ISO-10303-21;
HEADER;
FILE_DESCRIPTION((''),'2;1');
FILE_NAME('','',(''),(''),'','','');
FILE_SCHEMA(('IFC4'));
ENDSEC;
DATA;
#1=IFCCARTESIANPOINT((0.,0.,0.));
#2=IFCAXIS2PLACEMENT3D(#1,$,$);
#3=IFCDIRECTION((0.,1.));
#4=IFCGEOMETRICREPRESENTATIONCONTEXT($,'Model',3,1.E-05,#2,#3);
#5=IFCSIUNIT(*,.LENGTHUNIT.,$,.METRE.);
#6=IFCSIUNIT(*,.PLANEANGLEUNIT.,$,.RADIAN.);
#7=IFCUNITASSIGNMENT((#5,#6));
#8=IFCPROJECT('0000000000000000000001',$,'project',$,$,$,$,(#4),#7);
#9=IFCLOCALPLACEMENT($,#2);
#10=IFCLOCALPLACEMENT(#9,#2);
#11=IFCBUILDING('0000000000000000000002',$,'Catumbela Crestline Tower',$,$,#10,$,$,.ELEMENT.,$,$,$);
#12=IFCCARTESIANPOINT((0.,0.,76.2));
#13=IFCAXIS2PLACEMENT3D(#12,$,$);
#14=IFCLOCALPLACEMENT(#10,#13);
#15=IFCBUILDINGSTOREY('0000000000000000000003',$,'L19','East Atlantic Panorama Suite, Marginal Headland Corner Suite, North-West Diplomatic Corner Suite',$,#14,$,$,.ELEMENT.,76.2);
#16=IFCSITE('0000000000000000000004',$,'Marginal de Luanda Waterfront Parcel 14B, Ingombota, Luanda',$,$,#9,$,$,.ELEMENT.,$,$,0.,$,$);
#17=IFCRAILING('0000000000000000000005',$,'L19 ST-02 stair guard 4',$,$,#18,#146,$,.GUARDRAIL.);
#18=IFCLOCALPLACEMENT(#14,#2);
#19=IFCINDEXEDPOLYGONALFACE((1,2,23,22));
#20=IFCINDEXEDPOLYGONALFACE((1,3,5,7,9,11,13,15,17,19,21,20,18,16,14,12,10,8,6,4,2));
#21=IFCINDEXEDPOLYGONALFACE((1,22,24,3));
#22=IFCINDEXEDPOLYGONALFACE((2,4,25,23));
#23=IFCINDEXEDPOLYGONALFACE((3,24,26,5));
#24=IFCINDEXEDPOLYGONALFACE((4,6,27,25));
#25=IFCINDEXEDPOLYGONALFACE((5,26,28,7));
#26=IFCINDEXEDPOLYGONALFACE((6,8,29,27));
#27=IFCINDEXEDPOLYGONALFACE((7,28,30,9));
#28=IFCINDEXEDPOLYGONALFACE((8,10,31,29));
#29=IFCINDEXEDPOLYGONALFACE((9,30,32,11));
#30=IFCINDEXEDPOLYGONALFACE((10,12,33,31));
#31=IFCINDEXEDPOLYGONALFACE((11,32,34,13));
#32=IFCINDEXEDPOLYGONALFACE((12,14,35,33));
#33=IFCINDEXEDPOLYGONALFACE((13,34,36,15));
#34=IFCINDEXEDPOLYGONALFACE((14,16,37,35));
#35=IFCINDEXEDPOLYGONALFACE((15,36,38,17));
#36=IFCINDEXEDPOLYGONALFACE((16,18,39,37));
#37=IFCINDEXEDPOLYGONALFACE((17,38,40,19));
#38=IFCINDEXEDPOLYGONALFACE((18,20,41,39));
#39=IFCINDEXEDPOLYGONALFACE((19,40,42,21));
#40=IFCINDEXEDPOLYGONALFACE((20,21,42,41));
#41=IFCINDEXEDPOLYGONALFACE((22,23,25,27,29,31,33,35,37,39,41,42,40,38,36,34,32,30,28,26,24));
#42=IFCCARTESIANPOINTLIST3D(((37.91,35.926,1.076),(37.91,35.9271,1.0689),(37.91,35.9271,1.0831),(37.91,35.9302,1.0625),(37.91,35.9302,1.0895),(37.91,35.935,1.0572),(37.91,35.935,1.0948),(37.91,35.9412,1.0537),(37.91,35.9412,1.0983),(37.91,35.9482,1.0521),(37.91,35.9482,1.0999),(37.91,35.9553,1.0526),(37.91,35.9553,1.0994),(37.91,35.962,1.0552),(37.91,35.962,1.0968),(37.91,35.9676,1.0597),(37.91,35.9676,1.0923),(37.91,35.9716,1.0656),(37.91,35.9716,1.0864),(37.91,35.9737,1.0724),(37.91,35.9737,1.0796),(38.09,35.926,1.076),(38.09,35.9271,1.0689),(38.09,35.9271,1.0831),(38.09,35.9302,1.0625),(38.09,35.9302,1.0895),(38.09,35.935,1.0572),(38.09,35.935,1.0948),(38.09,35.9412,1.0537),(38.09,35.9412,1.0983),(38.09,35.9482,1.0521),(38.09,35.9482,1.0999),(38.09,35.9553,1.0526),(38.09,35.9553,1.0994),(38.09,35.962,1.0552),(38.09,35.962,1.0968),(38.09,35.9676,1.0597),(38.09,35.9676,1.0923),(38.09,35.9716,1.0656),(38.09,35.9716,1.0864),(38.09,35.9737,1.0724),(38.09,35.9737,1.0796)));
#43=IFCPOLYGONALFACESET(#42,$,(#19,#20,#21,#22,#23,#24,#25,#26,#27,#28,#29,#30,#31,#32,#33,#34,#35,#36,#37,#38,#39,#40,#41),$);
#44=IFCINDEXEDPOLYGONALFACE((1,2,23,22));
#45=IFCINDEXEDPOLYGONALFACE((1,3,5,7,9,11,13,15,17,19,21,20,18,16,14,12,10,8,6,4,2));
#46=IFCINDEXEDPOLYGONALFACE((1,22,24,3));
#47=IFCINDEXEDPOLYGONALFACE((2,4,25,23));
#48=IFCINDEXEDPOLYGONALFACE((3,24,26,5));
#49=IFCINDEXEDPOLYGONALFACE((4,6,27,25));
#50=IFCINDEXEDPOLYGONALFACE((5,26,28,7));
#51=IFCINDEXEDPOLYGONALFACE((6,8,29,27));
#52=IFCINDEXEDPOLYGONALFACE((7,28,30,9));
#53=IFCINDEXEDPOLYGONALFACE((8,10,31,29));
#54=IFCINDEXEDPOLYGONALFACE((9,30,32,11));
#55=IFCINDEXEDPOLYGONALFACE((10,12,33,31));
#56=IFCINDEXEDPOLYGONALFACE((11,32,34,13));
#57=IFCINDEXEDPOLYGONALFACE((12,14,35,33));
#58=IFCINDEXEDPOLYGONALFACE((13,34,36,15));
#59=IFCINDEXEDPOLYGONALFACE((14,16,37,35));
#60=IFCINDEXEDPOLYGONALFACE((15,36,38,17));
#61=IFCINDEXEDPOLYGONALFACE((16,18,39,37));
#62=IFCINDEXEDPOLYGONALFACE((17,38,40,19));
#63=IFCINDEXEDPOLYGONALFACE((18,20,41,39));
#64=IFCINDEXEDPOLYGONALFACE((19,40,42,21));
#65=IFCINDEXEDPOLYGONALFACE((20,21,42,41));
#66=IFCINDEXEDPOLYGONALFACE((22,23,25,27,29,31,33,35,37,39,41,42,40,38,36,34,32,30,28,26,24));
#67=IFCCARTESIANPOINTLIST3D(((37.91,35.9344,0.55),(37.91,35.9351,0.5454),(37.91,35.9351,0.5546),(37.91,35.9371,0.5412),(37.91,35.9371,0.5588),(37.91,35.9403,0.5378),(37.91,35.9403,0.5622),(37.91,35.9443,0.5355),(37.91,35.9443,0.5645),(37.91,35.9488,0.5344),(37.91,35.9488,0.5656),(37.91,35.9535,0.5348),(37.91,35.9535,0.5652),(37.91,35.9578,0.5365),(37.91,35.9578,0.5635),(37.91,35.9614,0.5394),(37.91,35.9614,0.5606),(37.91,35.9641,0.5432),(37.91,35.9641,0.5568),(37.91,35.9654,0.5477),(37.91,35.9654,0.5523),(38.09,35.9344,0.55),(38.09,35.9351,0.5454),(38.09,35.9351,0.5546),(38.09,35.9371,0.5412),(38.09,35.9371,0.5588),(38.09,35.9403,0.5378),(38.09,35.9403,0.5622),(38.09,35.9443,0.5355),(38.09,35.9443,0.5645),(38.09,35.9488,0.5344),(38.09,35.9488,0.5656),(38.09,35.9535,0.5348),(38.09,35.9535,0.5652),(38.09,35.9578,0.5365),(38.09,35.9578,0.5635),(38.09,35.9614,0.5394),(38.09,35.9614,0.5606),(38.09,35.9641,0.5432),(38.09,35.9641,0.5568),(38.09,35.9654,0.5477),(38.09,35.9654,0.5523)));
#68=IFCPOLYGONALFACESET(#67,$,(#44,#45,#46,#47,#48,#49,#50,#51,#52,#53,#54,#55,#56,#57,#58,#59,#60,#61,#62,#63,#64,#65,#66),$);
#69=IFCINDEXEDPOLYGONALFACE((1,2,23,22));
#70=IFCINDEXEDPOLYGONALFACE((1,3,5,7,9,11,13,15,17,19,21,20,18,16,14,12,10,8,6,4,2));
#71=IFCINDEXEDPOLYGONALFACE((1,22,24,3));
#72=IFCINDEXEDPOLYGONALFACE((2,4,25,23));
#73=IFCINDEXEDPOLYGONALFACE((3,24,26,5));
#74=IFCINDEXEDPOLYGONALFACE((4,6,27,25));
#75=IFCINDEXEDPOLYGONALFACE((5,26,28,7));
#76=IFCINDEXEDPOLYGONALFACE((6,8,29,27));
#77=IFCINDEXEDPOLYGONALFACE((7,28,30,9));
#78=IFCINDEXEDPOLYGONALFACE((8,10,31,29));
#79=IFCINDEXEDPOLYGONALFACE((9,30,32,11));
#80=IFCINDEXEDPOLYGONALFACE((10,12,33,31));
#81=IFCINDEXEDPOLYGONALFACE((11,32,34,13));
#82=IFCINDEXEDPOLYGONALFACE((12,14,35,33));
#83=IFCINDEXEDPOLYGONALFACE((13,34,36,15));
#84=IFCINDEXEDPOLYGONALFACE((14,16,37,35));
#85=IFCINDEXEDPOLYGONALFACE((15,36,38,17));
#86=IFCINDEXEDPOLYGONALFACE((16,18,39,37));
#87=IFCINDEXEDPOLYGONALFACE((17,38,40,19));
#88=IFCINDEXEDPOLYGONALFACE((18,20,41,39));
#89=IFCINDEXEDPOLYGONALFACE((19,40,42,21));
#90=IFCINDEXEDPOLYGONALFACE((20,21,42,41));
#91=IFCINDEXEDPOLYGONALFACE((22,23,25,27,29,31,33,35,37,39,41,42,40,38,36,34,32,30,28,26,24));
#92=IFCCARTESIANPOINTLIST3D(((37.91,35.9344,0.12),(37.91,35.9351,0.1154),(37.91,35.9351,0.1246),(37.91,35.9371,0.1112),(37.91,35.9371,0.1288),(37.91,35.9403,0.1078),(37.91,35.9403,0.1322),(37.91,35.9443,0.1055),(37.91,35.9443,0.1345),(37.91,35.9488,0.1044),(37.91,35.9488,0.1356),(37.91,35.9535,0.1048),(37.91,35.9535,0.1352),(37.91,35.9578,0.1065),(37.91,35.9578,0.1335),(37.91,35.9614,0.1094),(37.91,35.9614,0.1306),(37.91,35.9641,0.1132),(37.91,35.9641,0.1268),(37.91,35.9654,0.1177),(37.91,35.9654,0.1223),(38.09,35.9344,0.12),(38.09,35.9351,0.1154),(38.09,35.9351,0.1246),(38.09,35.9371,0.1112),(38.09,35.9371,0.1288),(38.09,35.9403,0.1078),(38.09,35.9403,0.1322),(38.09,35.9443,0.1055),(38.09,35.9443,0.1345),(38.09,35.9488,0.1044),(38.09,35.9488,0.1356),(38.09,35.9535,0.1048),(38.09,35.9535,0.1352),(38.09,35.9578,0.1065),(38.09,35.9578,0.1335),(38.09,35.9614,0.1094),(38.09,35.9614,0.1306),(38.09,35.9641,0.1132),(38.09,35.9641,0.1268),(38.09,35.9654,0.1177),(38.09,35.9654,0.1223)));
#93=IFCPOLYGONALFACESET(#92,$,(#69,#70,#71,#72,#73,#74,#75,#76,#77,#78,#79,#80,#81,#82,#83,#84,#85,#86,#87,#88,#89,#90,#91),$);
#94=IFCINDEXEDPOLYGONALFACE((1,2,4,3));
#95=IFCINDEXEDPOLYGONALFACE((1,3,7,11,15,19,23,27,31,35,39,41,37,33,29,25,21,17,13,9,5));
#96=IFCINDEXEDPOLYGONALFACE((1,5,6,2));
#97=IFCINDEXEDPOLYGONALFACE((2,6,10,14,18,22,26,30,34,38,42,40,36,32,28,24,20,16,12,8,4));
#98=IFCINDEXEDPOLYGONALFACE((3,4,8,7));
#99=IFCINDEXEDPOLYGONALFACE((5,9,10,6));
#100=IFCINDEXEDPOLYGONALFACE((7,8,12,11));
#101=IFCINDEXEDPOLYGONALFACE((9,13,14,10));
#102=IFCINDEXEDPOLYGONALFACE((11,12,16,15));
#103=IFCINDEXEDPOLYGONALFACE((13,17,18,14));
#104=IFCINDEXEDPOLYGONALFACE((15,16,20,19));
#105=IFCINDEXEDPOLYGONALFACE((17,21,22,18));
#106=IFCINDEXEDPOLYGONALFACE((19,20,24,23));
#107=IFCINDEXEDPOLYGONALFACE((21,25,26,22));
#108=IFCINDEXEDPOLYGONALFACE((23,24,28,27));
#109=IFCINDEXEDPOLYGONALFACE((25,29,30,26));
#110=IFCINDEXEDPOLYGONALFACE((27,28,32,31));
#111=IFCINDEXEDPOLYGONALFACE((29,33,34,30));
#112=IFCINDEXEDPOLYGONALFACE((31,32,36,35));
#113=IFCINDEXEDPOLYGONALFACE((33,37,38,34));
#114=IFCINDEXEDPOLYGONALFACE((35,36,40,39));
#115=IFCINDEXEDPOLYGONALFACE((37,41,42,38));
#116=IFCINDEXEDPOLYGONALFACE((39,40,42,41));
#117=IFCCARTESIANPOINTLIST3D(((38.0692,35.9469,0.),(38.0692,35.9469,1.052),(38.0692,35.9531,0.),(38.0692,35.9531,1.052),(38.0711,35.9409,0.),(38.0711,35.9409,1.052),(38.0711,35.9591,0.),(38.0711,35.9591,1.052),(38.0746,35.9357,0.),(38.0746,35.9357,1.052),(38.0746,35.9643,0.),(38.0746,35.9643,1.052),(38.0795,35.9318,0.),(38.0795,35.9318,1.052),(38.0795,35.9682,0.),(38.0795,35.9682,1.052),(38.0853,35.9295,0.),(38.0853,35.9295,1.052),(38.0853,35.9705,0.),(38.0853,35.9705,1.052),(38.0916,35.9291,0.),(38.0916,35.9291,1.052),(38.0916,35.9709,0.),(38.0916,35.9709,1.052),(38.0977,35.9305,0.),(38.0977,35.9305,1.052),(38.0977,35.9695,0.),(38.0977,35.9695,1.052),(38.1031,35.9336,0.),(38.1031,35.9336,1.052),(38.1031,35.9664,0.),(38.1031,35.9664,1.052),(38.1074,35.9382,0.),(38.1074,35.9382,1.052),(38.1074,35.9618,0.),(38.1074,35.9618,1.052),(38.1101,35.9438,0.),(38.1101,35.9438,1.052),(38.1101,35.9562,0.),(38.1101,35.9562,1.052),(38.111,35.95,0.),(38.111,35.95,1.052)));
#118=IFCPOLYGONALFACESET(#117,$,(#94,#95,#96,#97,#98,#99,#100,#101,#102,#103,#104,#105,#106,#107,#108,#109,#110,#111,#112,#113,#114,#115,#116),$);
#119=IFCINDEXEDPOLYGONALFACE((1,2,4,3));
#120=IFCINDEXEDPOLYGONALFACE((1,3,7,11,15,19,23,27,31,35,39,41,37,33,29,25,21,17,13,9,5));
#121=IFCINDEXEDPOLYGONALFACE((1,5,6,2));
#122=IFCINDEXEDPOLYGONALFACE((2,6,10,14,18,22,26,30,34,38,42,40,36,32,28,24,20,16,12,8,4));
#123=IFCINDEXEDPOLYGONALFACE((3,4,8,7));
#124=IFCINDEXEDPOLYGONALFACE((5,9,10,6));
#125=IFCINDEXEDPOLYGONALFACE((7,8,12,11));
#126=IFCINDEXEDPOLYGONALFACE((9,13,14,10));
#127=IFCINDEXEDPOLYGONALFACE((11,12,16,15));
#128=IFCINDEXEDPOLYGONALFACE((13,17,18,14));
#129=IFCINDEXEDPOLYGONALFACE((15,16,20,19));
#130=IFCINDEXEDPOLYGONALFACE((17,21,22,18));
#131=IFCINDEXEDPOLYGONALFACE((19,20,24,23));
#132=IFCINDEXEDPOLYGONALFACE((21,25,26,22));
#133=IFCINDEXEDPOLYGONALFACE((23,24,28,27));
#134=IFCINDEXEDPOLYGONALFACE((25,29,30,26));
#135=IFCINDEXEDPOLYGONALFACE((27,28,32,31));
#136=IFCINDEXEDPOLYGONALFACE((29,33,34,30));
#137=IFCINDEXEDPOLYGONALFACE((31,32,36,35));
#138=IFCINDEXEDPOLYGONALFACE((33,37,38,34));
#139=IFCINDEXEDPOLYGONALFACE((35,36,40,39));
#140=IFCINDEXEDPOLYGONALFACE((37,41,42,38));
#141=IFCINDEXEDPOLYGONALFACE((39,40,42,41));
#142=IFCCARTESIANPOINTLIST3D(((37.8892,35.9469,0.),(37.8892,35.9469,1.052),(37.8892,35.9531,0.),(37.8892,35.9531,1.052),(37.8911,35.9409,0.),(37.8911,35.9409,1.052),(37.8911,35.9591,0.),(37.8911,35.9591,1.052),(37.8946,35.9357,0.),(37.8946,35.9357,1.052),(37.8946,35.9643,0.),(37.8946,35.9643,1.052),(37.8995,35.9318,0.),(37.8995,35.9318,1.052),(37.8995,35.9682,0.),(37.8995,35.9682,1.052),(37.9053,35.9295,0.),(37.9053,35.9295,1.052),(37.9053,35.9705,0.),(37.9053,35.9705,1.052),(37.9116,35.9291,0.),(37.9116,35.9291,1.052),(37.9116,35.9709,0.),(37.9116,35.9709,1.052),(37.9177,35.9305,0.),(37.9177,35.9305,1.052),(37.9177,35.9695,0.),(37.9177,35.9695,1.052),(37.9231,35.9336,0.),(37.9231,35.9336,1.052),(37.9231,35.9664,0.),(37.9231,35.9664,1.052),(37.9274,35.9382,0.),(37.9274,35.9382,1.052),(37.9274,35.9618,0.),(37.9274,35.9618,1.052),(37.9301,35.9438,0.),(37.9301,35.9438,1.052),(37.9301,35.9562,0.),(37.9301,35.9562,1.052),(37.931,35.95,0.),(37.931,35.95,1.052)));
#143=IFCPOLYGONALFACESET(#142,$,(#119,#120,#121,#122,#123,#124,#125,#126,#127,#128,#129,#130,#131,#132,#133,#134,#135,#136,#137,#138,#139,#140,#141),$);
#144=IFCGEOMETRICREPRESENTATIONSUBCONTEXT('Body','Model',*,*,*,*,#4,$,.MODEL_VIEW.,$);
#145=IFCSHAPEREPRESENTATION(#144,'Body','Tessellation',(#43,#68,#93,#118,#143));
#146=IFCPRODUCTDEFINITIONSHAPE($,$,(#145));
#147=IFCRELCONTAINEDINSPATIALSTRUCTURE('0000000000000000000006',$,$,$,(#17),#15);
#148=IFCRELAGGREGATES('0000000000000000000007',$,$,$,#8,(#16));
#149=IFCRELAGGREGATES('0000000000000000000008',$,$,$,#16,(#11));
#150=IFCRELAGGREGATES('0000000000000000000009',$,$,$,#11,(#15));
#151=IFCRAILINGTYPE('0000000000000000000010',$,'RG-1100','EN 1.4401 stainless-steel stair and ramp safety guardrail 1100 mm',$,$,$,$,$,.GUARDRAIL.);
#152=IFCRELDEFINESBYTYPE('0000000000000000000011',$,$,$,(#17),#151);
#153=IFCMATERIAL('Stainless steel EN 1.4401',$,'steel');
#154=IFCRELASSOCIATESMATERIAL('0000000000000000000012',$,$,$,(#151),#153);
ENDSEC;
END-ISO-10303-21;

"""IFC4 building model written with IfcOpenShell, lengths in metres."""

from ifc_helpers import new_model, si_unit, direction, frame, origin, origin_2d, place, context, subcontext, project, spatial, circle, extrude, material, type_object, element, save


model = new_model("IFC4")

# Units and contexts
model_context = context("Model", 3, precision=1e-05, world=origin(), true_north=direction((0.0, 1.0)))
body_context = subcontext(model_context, "Body", "Model", "MODEL_VIEW")
ifc_project = project(units=[si_unit("LENGTHUNIT", "METRE"), si_unit("PLANEANGLEUNIT", "RADIAN")], contexts=[model_context])

# Site, building, storey
site_placement = place(None, origin())
site = spatial("IfcSite", under=ifc_project, at=site_placement, Name="Marginal de Luanda Waterfront Parcel 14B, Ingombota, Luanda", CompositionType="ELEMENT", RefElevation=0.0)
building_placement = place(site_placement, origin())
building = spatial("IfcBuilding", under=site, at=building_placement, Name="Catumbela Crestline Tower", CompositionType="ELEMENT")
storey_placement = place(building_placement, frame((0.0, 0.0, 76.2)))
storey = spatial("IfcBuildingStorey", under=building, at=storey_placement, Name="L19", Description="East Atlantic Panorama Suite, Marginal Headland Corner Suite, North-West Diplomatic Corner Suite", CompositionType="ELEMENT", Elevation=76.2)

# Shared definitions
ifc_material_1 = material(Name="Stainless steel EN 1.4401", Category="steel")

# Railing
railing_type_1 = type_object("IfcRailingType", Name="RG-1100", Description="EN 1.4401 stainless-steel stair and ramp safety guardrail 1100 mm", PredefinedType="GUARDRAIL", material=ifc_material_1)
railing_1_placement = place(storey_placement, frame((38.09, 35.95, 0.0)))
element("IfcRailing", 1, at=railing_1_placement, inside=storey, type_object=railing_type_1, Name="L19 ST-02 stair guard 4", PredefinedType="GUARDRAIL", context=body_context, shape_type="SweptSolid", body=[
    extrude(circle(Radius=0.024, at=origin_2d()), frame((0.0, 0.0, 1.076), z_axis=(-1.0, 0.0, 0.0), x_axis=(0.0, -1.0, 0.0)), (0.0, 0.0, 1.0), 0.18),
    extrude(circle(Radius=0.0156, at=origin_2d()), frame((0.0, 0.0, 0.55), z_axis=(-1.0, 0.0, 0.0), x_axis=(0.0, -1.0, 0.0)), (0.0, 0.0, 1.0), 0.18),
    extrude(circle(Radius=0.0156, at=origin_2d()), frame((0.0, 0.0, 0.12), z_axis=(-1.0, 0.0, 0.0), x_axis=(0.0, -1.0, 0.0)), (0.0, 0.0, 1.0), 0.18),
    extrude(circle(Radius=0.021, at=origin_2d()), origin(), (0.0, 0.0, 1.0), 1.052),
    extrude(circle(Radius=0.021, at=origin_2d()), frame((-0.18, 0.0, 0.0)), (0.0, 0.0, 1.0), 1.052),
])

save(model, "model.ifc")
